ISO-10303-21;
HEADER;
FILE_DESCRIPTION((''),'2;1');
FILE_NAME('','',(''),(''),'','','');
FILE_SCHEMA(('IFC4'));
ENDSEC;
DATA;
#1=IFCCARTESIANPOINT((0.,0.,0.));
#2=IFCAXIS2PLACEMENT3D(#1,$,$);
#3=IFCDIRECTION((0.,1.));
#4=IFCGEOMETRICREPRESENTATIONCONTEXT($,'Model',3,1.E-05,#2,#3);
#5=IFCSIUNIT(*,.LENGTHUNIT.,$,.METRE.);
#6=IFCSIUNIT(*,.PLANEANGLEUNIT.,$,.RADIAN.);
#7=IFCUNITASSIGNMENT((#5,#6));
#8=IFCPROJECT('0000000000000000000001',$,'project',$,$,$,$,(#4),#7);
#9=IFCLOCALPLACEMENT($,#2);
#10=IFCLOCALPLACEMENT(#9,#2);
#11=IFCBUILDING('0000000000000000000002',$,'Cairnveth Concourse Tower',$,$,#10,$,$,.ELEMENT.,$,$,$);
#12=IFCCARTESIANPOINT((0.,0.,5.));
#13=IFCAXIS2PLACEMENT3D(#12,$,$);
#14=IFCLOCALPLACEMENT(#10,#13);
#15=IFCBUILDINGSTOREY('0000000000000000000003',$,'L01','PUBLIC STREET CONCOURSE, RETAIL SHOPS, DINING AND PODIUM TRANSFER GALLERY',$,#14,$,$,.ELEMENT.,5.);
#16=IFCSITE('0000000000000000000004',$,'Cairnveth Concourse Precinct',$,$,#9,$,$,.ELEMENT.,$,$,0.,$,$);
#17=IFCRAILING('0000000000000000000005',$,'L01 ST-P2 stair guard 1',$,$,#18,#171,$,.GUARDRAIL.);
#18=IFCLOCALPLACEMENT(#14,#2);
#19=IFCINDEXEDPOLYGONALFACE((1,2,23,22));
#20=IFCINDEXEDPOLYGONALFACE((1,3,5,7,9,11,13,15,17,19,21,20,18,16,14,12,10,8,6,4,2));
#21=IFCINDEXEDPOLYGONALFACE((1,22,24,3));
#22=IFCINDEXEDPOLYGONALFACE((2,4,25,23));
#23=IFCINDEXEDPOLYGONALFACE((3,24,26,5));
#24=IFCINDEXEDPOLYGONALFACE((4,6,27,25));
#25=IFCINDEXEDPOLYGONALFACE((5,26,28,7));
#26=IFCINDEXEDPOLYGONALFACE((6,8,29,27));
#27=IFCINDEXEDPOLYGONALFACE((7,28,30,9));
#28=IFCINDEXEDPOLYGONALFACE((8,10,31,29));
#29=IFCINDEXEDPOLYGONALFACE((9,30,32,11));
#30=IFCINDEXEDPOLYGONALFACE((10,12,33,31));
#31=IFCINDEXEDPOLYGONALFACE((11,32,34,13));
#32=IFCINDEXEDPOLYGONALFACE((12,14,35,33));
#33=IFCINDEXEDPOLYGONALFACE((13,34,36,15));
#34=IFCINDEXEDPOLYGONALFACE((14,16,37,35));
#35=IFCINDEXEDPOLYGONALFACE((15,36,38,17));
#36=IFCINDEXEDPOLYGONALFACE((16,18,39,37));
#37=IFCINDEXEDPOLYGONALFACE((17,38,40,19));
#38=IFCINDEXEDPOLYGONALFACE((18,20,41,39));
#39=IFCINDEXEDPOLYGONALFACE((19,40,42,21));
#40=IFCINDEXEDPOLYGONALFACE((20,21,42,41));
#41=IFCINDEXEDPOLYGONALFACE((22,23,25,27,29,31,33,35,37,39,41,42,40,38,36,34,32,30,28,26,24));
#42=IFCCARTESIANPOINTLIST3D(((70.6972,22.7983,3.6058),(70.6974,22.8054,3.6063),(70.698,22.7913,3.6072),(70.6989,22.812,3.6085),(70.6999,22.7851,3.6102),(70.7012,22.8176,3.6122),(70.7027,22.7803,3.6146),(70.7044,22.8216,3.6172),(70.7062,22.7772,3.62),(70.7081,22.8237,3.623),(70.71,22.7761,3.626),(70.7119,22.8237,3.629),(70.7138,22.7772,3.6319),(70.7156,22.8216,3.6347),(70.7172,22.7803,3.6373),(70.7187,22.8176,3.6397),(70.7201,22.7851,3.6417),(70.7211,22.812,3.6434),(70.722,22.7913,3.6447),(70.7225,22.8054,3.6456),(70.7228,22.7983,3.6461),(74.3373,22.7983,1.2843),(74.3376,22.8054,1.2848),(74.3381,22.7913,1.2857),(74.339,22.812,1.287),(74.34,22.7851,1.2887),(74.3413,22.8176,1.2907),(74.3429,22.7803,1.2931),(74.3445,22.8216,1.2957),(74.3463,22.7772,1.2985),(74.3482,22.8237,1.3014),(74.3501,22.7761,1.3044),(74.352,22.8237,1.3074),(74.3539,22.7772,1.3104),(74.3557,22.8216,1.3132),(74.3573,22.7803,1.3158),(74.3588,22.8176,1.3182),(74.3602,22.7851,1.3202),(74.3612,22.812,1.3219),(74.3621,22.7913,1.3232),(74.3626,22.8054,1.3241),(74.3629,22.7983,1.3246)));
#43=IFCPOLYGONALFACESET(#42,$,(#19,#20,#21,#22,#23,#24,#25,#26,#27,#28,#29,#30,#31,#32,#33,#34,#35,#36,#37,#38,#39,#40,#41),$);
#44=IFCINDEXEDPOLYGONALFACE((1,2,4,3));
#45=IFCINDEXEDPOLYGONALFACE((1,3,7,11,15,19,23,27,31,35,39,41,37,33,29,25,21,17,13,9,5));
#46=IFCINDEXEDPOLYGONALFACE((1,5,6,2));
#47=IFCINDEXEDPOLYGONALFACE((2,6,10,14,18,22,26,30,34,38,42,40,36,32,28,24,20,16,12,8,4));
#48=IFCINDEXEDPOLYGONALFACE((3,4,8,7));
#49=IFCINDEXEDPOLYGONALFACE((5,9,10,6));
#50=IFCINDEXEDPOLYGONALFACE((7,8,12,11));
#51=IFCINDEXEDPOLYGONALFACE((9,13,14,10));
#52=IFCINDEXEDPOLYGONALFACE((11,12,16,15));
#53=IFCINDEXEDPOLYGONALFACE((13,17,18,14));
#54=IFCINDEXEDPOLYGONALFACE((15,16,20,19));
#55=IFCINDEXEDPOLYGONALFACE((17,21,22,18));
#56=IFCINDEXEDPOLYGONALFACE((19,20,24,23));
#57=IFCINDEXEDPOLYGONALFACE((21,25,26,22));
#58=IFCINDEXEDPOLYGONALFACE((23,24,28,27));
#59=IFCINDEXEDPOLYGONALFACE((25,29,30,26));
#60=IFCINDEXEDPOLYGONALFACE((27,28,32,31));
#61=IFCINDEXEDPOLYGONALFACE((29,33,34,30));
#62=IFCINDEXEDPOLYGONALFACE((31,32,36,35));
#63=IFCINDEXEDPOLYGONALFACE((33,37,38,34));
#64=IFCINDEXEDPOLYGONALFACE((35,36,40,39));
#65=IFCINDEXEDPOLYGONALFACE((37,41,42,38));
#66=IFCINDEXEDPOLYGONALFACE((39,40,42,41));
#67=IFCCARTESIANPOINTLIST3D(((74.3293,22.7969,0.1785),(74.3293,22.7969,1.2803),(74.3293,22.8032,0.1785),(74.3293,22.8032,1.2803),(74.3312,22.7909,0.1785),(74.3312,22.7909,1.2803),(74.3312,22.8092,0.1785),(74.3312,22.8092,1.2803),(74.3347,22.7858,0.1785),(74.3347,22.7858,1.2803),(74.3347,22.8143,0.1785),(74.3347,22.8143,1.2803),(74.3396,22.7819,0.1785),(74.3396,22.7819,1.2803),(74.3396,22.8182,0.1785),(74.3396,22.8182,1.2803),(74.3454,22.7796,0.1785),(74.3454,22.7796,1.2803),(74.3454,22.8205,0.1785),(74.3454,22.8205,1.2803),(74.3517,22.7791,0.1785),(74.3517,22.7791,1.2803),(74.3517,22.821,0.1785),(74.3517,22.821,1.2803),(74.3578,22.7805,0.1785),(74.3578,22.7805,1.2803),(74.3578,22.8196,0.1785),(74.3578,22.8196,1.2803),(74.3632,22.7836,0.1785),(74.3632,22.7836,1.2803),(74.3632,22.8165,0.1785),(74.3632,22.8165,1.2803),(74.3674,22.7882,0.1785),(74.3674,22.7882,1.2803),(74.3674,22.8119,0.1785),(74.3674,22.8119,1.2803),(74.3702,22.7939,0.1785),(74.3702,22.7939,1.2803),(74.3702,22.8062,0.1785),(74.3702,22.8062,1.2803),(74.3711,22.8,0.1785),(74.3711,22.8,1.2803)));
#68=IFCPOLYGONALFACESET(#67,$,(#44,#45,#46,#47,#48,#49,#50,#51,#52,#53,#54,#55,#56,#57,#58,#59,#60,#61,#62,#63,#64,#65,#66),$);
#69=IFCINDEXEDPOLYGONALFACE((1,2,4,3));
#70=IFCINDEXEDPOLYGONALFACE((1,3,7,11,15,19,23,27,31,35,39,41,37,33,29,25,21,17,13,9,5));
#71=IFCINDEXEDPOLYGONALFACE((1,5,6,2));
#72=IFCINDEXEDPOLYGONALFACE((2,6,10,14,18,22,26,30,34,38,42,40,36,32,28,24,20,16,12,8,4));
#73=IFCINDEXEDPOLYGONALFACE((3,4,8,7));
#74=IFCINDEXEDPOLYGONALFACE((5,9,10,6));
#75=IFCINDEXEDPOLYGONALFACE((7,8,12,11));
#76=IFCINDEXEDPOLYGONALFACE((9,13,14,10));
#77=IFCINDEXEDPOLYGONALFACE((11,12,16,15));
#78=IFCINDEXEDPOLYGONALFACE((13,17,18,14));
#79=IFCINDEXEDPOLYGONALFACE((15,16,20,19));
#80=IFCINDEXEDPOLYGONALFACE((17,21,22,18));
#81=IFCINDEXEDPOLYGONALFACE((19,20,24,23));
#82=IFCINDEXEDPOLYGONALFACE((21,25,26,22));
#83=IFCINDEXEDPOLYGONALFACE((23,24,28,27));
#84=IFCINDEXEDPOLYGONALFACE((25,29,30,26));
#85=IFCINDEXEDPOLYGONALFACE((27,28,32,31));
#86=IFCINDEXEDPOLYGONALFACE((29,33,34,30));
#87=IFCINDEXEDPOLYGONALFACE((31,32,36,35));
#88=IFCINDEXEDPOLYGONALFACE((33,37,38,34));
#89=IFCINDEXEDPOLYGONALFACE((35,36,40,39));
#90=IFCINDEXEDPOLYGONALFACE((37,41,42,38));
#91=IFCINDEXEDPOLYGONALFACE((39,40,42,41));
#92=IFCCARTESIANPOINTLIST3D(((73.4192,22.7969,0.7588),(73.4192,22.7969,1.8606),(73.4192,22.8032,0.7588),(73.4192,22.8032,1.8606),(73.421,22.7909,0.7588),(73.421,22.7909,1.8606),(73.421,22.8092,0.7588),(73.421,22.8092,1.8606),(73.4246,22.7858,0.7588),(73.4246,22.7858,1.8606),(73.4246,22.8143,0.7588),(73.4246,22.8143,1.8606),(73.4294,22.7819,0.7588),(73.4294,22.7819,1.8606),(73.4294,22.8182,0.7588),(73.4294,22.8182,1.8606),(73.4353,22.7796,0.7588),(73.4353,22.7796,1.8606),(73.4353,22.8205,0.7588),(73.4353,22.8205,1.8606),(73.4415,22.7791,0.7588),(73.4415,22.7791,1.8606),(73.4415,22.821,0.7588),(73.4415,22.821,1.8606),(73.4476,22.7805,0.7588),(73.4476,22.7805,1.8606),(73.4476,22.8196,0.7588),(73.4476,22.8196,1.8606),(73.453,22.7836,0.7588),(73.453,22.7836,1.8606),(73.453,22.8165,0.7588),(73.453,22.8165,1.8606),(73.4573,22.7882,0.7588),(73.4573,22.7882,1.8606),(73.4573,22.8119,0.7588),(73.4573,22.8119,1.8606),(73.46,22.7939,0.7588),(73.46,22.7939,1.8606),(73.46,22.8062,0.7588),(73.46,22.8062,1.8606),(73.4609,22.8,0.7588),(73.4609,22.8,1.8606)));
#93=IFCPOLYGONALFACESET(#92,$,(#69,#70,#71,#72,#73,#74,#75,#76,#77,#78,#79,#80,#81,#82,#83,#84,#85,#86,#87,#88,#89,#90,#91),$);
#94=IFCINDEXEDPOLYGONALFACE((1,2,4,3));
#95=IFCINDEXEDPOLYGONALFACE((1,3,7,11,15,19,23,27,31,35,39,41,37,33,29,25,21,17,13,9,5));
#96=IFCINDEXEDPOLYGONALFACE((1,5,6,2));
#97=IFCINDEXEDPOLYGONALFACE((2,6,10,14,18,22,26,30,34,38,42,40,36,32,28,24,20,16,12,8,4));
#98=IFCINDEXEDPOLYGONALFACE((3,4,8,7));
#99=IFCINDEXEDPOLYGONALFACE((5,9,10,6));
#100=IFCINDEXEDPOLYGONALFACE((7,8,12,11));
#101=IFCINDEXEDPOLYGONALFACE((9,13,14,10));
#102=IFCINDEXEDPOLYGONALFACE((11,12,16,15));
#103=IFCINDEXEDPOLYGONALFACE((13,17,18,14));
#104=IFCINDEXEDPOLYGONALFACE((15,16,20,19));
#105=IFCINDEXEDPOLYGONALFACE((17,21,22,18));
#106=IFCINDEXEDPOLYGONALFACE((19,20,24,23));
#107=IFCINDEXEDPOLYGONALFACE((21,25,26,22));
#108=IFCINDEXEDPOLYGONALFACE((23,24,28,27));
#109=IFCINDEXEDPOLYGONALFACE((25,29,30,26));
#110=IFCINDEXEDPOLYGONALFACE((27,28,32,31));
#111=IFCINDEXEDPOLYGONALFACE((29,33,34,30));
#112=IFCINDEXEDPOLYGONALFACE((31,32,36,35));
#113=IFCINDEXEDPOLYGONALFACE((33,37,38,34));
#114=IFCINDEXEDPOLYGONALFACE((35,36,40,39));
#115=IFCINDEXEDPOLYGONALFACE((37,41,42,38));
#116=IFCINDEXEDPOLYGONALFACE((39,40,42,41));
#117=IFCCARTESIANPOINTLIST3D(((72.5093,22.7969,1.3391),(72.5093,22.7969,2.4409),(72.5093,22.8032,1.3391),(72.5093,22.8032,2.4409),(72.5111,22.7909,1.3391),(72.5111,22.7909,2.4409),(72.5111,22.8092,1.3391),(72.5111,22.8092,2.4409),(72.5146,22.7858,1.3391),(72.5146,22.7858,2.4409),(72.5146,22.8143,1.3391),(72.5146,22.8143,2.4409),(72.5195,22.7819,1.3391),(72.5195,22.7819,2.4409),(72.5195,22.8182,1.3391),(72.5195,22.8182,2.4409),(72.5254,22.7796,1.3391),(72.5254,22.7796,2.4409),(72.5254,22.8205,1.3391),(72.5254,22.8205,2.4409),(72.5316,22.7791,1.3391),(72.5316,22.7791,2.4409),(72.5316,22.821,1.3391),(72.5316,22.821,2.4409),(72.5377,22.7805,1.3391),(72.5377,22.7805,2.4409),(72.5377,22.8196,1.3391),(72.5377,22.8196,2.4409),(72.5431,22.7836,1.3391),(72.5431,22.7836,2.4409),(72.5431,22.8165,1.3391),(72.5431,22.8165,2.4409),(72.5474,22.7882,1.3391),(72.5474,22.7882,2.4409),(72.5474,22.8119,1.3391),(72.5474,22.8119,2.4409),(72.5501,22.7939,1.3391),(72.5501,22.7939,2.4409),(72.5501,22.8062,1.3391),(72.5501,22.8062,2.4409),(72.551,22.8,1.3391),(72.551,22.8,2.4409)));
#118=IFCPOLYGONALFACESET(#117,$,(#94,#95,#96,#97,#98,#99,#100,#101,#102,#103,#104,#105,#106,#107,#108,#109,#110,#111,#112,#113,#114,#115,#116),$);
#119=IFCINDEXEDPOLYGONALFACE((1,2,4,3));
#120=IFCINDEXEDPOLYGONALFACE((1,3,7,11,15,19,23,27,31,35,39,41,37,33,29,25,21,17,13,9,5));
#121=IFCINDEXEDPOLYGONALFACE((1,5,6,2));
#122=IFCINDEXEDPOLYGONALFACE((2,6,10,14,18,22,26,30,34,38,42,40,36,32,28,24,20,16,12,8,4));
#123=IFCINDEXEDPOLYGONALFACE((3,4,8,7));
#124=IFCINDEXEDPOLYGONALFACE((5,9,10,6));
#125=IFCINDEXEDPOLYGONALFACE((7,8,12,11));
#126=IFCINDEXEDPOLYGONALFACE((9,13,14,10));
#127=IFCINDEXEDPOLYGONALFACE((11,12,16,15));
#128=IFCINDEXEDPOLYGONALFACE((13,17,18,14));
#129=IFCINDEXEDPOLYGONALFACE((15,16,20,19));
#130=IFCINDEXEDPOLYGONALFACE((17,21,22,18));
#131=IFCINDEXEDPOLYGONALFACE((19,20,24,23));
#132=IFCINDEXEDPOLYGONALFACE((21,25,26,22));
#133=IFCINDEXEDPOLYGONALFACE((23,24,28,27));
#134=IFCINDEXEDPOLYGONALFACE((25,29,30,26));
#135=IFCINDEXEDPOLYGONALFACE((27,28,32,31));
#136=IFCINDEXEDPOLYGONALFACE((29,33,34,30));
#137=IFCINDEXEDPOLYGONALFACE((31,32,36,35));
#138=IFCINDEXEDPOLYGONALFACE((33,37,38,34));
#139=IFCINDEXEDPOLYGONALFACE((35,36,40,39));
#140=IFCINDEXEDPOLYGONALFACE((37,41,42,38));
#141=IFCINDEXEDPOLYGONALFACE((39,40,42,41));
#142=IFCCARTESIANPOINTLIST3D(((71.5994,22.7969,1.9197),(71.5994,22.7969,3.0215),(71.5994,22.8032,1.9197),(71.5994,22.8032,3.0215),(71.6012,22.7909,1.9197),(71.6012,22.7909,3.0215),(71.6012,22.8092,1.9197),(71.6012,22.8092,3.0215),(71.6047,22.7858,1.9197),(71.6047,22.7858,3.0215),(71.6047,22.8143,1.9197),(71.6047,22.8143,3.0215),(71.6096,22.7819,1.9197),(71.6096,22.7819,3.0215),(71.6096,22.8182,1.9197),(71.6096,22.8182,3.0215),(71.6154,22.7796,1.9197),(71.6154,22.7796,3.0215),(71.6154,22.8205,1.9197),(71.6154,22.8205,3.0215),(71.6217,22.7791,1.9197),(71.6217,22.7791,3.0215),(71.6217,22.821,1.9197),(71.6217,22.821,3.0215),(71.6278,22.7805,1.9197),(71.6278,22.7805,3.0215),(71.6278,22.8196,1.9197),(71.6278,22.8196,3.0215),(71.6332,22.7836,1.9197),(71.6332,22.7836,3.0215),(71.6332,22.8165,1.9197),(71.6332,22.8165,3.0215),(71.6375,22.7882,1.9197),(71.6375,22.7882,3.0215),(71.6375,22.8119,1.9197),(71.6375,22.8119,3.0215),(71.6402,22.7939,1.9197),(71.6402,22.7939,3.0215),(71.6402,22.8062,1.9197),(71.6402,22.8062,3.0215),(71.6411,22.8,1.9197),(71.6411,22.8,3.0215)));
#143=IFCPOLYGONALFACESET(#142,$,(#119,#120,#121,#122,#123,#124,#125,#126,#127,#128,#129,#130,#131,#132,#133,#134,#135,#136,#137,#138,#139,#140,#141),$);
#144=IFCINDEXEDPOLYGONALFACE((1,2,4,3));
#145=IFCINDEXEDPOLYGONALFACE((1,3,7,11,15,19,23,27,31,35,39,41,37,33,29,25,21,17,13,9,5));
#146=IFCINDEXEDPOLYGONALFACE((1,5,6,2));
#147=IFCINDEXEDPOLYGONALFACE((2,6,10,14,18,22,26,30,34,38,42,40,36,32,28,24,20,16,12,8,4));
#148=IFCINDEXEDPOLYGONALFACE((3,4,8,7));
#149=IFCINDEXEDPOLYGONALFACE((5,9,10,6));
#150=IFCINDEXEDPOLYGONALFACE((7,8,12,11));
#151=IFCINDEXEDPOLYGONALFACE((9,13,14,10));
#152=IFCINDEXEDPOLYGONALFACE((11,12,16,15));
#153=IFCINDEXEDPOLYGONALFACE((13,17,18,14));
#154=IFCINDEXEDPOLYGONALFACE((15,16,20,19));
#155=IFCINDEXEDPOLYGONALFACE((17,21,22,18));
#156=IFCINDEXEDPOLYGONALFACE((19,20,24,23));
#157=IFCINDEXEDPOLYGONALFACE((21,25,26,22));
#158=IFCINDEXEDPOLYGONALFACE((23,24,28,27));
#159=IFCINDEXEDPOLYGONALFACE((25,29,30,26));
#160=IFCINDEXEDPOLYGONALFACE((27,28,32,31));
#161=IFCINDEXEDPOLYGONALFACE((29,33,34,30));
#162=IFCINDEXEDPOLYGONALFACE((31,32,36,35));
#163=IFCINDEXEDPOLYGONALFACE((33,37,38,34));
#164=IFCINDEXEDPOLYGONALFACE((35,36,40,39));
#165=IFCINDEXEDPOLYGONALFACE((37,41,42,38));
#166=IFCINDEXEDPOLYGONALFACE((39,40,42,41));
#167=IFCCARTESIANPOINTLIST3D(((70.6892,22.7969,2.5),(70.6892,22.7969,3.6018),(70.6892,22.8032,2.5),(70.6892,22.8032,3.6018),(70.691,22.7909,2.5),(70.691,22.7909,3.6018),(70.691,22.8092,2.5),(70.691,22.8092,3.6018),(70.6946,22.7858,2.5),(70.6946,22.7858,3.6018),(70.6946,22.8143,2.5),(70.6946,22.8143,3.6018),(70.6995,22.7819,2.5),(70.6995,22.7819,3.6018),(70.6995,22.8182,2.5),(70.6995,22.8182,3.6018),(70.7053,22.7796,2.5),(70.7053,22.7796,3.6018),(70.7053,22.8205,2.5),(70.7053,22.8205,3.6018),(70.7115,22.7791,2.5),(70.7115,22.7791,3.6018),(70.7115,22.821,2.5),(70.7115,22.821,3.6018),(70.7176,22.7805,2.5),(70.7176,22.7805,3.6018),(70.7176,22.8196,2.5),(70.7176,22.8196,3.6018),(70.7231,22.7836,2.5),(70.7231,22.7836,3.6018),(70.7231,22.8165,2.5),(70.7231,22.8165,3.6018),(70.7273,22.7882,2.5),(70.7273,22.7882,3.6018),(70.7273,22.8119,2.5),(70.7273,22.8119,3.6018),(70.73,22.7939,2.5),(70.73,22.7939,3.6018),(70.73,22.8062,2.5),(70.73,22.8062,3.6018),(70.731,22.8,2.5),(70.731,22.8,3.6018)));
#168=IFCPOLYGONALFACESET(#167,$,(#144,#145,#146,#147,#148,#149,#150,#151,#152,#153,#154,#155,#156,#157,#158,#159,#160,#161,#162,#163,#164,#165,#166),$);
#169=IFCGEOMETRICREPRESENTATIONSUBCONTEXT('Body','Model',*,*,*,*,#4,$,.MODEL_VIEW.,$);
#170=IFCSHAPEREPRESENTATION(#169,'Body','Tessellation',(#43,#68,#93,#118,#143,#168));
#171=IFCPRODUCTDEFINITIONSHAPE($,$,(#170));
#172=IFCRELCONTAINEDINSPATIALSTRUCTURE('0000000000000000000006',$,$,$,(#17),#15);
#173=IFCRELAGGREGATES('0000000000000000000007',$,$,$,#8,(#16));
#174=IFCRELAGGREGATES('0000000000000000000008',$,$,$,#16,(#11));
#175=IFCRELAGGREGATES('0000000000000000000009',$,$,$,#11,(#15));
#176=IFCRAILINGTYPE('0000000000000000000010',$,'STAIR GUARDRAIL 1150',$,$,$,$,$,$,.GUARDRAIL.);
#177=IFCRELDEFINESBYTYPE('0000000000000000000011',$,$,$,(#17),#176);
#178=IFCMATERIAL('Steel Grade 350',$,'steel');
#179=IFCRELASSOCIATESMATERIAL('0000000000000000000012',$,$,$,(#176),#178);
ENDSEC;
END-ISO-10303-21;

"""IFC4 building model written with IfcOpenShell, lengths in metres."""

from ifc_helpers import new_model, si_unit, direction, frame, origin, origin_2d, place, context, subcontext, project, spatial, circle, extrude, material, type_object, element, save


model = new_model("IFC4")

# Units and contexts
model_context = context("Model", 3, precision=1e-05, world=origin(), true_north=direction((0.0, 1.0)))
body_context = subcontext(model_context, "Body", "Model", "MODEL_VIEW")
ifc_project = project(units=[si_unit("LENGTHUNIT", "METRE"), si_unit("PLANEANGLEUNIT", "RADIAN")], contexts=[model_context])

# Site, building, storey
site_placement = place(None, origin())
site = spatial("IfcSite", under=ifc_project, at=site_placement, Name="Cairnveth Concourse Precinct", CompositionType="ELEMENT", RefElevation=0.0)
building_placement = place(site_placement, origin())
building = spatial("IfcBuilding", under=site, at=building_placement, Name="Cairnveth Concourse Tower", CompositionType="ELEMENT")
storey_placement = place(building_placement, frame((0.0, 0.0, 5.0)))
storey = spatial("IfcBuildingStorey", under=building, at=storey_placement, Name="L01", Description="PUBLIC STREET CONCOURSE, RETAIL SHOPS, DINING AND PODIUM TRANSFER GALLERY", CompositionType="ELEMENT", Elevation=5.0)

# Shared definitions
ifc_material_1 = material(Name="Steel Grade 350", Category="steel")

# Railing
railing_type_1 = type_object("IfcRailingType", Name="STAIR GUARDRAIL 1150", PredefinedType="GUARDRAIL", material=ifc_material_1)
railing_1_placement = place(storey_placement, frame((74.3501, 22.8, 0.1785)))
element("IfcRailing", 1, at=railing_1_placement, inside=storey, type_object=railing_type_1, Name="L01 ST-P2 stair guard 1", PredefinedType="GUARDRAIL", context=body_context, shape_type="SweptSolid", body=[
    extrude(circle(Radius=0.0239, at=origin_2d()), frame((0.0, 0.0, 1.126), z_axis=(-0.843128, 0.0, 0.537713), x_axis=(0.0, -1.0, 0.0)), (0.0, 0.0, 1.0), 4.3174),
    extrude(circle(Radius=0.021, at=origin_2d()), origin(), (0.0, 0.0, 1.0), 1.1018),
    extrude(circle(Radius=0.021, at=origin_2d()), frame((-0.9102, 0.0, 0.5803)), (0.0, 0.0, 1.0), 1.1018),
    extrude(circle(Radius=0.021, at=origin_2d()), frame((-1.8201, 0.0, 1.1606)), (0.0, 0.0, 1.0), 1.1018),
    extrude(circle(Radius=0.021, at=origin_2d()), frame((-2.73, 0.0, 1.7412)), (0.0, 0.0, 1.0), 1.1018),
    extrude(circle(Radius=0.021, at=origin_2d()), frame((-3.6401, 0.0, 2.3215)), (0.0, 0.0, 1.0), 1.1018),
])

save(model, "model.ifc")
